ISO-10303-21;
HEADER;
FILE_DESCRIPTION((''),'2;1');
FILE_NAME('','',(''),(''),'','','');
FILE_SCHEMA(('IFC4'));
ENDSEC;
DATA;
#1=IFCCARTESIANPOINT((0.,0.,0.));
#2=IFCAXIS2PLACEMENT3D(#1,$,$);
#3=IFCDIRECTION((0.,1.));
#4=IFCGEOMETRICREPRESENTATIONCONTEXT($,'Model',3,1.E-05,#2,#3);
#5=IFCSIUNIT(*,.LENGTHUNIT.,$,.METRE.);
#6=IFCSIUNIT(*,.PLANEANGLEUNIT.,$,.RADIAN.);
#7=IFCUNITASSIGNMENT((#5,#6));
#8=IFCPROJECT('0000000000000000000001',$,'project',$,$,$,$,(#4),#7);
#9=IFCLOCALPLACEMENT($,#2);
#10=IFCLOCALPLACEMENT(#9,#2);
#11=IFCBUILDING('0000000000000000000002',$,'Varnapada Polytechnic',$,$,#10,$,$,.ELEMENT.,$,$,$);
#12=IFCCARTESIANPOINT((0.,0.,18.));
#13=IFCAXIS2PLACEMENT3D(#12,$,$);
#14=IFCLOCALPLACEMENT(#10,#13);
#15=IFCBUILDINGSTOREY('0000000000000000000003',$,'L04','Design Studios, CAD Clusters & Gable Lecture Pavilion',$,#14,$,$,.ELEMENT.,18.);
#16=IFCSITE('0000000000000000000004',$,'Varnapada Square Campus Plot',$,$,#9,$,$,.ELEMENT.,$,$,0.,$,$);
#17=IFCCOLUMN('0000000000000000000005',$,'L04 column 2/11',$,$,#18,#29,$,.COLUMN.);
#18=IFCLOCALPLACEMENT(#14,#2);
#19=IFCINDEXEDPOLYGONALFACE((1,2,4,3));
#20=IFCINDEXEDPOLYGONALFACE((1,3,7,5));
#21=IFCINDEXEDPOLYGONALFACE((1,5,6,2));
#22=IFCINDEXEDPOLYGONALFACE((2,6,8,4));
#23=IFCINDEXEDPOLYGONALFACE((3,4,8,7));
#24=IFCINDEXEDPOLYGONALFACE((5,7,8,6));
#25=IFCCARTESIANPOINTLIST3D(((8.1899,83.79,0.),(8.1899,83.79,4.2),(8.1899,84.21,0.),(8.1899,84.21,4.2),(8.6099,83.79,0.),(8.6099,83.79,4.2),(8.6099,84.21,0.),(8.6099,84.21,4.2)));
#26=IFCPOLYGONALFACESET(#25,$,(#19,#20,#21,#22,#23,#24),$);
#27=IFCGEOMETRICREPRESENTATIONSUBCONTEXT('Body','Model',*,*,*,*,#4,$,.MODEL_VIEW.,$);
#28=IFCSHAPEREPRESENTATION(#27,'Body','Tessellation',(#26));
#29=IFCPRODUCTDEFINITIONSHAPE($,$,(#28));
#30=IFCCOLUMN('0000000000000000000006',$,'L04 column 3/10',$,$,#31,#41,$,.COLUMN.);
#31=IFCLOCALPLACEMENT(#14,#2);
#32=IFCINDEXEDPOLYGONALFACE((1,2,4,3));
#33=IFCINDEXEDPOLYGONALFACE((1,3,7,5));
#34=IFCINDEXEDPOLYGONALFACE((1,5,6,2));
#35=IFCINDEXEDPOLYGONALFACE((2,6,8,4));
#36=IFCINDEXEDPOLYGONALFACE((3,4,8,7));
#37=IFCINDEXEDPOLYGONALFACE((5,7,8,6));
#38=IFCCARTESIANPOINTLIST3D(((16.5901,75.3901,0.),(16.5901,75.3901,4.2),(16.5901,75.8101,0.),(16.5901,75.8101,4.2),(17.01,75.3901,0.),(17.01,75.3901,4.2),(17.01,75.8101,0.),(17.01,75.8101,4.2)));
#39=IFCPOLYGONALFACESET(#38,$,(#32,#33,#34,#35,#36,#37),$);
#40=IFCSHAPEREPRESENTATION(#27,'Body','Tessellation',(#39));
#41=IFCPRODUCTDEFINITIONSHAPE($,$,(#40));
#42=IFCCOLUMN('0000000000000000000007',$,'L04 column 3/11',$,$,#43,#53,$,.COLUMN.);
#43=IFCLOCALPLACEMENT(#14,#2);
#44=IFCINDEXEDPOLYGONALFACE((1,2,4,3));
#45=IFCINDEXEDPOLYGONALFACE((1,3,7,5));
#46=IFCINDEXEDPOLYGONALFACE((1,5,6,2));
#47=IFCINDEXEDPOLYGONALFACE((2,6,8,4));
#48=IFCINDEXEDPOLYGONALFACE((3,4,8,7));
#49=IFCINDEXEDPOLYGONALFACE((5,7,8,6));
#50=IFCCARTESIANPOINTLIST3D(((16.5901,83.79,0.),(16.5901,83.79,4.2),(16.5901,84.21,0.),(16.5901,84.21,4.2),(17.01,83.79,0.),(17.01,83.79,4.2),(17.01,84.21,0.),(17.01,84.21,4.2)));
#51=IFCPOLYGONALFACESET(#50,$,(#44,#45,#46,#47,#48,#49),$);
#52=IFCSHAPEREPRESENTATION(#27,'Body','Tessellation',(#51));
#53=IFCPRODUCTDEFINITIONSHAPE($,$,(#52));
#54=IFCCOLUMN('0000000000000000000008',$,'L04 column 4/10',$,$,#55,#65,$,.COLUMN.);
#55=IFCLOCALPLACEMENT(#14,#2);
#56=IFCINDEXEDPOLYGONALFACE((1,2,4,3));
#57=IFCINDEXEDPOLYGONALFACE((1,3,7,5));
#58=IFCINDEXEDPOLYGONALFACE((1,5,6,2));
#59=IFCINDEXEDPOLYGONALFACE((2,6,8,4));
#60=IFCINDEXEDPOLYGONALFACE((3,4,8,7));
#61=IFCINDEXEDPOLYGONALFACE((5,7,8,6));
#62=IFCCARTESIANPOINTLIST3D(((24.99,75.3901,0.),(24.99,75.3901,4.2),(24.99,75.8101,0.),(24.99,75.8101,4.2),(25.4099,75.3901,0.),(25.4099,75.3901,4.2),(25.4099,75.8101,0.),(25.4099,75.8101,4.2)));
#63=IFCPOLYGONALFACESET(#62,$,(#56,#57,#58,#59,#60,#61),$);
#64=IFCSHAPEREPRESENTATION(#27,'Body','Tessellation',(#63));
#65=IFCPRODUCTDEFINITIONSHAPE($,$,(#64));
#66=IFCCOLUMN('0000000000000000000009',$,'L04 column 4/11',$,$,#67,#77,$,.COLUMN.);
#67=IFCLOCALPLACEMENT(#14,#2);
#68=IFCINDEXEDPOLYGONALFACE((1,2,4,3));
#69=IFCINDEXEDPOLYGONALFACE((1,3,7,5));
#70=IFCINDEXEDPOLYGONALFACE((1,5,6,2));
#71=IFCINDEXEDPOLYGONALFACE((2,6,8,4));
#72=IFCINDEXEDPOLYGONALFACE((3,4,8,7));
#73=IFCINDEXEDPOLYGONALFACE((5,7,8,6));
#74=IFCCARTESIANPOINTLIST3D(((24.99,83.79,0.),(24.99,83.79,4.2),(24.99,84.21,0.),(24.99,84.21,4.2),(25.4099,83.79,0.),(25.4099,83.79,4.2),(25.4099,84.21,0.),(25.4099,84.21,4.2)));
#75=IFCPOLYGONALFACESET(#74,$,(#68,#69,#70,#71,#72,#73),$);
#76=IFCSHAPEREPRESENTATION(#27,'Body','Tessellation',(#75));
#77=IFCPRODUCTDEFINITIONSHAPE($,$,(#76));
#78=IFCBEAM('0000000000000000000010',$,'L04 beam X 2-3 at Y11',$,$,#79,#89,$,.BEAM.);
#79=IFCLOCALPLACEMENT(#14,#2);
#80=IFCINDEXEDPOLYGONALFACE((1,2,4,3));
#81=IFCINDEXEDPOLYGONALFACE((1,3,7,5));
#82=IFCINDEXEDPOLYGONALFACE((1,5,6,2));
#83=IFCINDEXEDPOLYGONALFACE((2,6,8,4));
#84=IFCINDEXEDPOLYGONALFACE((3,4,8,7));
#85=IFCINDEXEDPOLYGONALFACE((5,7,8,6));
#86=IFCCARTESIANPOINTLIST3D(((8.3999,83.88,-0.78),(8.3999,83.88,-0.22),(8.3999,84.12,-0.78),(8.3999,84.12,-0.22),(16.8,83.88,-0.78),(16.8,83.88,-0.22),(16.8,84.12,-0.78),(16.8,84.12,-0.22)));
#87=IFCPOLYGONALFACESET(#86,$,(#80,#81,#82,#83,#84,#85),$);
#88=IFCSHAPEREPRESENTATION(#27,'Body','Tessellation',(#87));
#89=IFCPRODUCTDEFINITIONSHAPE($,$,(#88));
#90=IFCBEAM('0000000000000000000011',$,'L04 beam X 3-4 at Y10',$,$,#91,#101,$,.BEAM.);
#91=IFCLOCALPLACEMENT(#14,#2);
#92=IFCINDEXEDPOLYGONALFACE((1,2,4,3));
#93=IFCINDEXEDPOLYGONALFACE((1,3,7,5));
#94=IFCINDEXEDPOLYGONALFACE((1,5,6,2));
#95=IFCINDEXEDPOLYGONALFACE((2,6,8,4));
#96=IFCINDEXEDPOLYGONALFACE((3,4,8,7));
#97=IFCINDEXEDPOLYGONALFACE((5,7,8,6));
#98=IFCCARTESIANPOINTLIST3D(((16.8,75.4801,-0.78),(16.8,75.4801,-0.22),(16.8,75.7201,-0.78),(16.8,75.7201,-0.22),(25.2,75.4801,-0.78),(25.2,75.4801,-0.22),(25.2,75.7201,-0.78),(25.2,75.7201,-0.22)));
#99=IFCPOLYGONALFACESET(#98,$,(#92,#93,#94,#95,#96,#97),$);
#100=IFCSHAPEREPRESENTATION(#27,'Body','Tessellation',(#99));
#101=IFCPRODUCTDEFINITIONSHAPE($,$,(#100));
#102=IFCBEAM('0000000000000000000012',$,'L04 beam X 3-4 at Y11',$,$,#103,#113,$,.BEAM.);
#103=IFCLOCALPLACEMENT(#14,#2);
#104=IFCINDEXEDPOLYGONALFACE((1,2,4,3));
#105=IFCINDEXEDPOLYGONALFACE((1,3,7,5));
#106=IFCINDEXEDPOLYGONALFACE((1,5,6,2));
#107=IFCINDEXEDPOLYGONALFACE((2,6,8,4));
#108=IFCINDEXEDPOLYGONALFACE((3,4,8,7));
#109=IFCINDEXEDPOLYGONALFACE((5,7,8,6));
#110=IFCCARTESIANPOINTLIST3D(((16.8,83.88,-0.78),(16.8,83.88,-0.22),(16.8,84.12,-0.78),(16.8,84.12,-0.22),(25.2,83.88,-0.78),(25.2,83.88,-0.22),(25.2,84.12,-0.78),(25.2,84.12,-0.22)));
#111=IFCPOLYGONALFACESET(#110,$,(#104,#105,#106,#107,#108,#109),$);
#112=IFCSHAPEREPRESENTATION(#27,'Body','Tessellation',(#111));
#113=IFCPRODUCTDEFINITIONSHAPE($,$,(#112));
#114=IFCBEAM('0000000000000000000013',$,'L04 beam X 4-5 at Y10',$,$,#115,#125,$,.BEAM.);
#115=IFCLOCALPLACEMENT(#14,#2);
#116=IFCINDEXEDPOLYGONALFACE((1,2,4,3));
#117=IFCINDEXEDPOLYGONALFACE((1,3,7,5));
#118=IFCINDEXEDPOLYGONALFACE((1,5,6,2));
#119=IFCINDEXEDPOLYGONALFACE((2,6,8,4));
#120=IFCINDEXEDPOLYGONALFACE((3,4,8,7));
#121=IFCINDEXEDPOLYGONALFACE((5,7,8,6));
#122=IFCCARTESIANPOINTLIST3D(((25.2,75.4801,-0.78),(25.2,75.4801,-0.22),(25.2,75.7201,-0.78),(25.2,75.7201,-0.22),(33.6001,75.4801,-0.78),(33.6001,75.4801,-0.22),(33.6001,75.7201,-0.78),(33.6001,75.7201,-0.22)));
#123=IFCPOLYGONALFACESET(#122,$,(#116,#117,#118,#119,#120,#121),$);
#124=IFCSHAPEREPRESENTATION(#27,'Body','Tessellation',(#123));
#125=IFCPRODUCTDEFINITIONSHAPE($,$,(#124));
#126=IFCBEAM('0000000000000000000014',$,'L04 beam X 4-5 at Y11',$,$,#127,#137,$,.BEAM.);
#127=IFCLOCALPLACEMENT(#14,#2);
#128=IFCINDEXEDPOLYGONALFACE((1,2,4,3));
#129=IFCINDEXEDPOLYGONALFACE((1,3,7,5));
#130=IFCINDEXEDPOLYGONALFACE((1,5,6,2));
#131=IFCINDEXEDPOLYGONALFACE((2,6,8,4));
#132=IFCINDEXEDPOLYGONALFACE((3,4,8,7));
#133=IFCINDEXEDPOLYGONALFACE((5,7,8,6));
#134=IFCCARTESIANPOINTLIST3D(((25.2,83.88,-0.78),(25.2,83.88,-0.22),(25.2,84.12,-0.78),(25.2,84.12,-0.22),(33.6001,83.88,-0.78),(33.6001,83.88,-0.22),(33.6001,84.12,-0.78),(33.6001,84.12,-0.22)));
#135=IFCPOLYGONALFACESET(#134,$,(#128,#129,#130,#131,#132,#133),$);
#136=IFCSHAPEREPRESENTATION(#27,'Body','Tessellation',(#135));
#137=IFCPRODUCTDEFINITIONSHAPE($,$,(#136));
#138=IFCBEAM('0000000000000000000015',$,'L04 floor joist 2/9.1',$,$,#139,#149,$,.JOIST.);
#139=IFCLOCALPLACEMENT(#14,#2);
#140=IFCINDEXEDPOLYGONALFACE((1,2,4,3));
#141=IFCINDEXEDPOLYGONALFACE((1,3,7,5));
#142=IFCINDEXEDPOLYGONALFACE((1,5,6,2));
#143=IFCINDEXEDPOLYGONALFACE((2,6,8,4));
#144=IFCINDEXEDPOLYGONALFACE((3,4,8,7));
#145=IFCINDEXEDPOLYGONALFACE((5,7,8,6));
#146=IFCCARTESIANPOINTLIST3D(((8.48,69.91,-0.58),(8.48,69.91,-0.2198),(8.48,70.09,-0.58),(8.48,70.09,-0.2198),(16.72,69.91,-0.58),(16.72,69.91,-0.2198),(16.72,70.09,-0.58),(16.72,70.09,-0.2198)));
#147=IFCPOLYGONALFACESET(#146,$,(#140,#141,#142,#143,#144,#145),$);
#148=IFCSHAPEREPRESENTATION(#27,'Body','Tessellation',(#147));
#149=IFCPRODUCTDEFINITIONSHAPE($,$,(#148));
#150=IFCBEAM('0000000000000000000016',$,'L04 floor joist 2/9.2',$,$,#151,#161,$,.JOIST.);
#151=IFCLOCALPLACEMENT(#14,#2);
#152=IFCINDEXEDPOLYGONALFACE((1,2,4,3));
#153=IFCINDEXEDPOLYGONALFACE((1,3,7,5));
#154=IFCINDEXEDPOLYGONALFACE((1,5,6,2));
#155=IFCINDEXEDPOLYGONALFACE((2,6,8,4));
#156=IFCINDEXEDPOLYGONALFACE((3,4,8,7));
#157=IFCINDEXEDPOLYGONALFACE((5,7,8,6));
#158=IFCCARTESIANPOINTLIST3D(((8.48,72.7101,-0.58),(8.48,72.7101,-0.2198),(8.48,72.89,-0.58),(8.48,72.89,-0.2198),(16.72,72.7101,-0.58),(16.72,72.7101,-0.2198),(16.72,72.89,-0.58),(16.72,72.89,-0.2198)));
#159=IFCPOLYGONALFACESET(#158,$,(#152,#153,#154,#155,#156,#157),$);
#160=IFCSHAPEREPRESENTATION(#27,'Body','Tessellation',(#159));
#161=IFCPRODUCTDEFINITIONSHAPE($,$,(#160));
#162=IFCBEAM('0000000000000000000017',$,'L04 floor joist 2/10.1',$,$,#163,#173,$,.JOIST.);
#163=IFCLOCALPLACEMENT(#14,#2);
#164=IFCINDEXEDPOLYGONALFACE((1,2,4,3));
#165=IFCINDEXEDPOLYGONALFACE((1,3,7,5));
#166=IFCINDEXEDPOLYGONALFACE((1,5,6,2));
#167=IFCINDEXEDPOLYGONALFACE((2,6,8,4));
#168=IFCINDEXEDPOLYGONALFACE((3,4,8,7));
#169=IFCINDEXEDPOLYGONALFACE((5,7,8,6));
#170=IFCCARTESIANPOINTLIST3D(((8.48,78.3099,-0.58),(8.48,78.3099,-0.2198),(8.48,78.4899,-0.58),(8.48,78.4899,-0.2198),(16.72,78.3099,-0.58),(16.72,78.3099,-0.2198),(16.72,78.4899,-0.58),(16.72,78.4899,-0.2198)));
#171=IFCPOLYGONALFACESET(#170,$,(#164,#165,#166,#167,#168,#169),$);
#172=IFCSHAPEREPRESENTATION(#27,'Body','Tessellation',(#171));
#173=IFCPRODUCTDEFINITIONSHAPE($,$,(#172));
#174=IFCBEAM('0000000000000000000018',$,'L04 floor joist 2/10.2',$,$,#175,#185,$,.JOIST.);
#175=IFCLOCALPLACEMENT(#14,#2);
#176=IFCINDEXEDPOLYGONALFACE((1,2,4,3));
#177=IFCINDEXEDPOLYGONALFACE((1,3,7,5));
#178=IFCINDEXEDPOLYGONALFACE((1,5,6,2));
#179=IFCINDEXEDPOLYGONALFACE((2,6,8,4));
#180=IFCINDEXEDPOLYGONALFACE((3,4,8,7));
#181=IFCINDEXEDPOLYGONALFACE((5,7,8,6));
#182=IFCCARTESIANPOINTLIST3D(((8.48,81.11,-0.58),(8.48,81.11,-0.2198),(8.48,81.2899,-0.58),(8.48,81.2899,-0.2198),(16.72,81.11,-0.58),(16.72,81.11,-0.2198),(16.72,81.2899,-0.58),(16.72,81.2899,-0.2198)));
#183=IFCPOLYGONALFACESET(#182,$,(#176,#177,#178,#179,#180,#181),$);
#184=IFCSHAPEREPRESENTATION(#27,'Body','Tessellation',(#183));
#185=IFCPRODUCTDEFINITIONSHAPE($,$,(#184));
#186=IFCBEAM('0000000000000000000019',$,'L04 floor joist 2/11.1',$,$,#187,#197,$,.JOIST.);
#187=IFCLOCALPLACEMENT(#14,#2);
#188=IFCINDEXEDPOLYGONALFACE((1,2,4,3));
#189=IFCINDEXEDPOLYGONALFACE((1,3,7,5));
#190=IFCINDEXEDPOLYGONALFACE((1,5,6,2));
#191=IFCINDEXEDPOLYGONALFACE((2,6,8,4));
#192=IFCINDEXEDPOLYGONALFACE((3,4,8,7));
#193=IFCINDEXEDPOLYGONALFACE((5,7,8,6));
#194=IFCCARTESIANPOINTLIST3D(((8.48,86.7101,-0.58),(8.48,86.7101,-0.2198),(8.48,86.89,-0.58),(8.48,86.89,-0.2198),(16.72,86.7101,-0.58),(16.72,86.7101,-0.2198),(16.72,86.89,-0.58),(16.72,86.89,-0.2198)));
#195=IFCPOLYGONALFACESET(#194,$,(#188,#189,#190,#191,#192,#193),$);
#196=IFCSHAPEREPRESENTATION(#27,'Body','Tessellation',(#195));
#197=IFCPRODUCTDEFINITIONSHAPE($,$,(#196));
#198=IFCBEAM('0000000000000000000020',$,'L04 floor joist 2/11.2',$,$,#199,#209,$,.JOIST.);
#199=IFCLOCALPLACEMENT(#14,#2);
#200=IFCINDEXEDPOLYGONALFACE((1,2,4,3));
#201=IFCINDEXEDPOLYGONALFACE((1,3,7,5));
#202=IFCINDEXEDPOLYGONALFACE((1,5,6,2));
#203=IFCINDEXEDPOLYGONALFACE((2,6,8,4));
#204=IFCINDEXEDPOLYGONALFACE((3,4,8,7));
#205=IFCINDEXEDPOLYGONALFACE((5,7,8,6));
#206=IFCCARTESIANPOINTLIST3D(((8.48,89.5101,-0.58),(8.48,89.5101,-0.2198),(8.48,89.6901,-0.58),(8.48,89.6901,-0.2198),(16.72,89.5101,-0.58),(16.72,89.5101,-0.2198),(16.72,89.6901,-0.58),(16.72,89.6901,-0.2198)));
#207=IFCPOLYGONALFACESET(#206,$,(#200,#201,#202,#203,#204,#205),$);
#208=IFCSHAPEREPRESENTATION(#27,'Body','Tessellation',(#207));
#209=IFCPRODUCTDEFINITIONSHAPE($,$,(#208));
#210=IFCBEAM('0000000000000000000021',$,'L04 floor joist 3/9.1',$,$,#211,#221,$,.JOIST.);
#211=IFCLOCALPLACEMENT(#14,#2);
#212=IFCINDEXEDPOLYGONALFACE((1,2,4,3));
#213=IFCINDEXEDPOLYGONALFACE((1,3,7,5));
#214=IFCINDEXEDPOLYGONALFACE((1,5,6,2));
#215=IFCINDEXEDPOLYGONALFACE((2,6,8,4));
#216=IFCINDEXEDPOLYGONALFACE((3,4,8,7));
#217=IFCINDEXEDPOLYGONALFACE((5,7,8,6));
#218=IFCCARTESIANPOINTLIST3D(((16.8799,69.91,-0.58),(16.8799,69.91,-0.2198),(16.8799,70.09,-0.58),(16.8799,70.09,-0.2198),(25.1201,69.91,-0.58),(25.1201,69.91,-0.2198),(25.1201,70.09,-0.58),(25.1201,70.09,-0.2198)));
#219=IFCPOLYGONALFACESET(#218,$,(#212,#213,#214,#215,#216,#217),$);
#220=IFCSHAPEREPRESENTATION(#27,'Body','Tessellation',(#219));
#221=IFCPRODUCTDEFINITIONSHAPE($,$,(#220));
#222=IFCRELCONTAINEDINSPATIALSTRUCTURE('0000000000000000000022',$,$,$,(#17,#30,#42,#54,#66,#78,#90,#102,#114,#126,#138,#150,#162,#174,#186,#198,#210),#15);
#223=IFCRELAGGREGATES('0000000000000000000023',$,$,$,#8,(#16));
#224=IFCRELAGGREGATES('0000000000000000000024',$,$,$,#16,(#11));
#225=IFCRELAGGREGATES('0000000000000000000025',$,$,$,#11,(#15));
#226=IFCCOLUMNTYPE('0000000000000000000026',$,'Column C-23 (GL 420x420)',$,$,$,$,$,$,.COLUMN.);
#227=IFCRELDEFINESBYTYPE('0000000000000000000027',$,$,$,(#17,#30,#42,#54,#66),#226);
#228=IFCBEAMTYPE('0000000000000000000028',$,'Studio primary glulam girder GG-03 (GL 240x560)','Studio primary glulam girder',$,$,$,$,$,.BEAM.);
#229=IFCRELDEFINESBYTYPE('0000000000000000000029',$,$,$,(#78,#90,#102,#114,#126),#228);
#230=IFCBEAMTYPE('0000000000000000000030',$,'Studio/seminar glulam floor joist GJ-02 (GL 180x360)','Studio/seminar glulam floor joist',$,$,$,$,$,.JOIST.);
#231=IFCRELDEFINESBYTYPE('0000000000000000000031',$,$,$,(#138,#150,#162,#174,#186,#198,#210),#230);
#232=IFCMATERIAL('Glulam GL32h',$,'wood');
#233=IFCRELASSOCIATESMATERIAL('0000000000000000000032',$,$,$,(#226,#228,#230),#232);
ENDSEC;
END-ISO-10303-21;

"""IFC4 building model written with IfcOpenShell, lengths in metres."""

from ifc_helpers import new_model, si_unit, direction, frame, origin, origin_2d, place, context, subcontext, project, spatial, rectangle, extrude, material, material_profile, profile_set, type_object, element, save


model = new_model("IFC4")

# Units and contexts
model_context = context("Model", 3, precision=1e-05, world=origin(), true_north=direction((0.0, 1.0)))
body_context = subcontext(model_context, "Body", "Model", "MODEL_VIEW")
ifc_project = project(units=[si_unit("LENGTHUNIT", "METRE"), si_unit("PLANEANGLEUNIT", "RADIAN")], contexts=[model_context])

# Site, building, storey
site_placement = place(None, origin())
site = spatial("IfcSite", under=ifc_project, at=site_placement, Name="Varnapada Square Campus Plot", CompositionType="ELEMENT", RefElevation=0.0)
building_placement = place(site_placement, origin())
building = spatial("IfcBuilding", under=site, at=building_placement, Name="Varnapada Polytechnic", CompositionType="ELEMENT")
storey_placement = place(building_placement, frame((0.0, 0.0, 18.0)))
storey = spatial("IfcBuildingStorey", under=building, at=storey_placement, Name="L04", Description="Design Studios, CAD Clusters & Gable Lecture Pavilion", CompositionType="ELEMENT", Elevation=18.0)

# Columns
ifc_material_1 = material(Name="Glulam GL32h", Category="wood")
ifc_material_profile_1 = material_profile(ifc_material_1, rectangle(XDim=0.4199, YDim=0.4199, at=origin_2d()), Name="GL 420x420")
ifc_profile_set_1 = profile_set([ifc_material_profile_1], Name="Glulam GL32h")
column_type = type_object("IfcColumnType", Name="Column C-23 (GL 420x420)", PredefinedType="COLUMN", material=ifc_profile_set_1)
for number, where, z_axis, x_axis, name in (
    (1, (8.3999, 84.0, 0.0), (0.0, 0.0, 1.0), (1.0, 0.0, 0.0), "L04 column 2/11"),
    (2, (16.8, 75.6001, 0.0), (0.0, 0.0, 1.0), (1.0, 0.0, 0.0), "L04 column 3/10"),
    (3, (16.8, 84.0, 0.0), (0.0, 0.0, 1.0), (1.0, 0.0, 0.0), "L04 column 3/11"),
    (4, (25.2, 75.6001, 0.0), (0.0, 0.0, 1.0), (1.0, 0.0, 0.0), "L04 column 4/10"),
    (5, (25.2, 84.0, 0.0), (0.0, 0.0, 1.0), (1.0, 0.0, 0.0), "L04 column 4/11"),
):
    element("IfcColumn", number, at=place(storey_placement, frame(where, z_axis=z_axis, x_axis=x_axis)), inside=storey, type_object=column_type, Name=name, PredefinedType="COLUMN", context=body_context, shape_type="SweptSolid", body=[
        extrude(rectangle(XDim=0.4199, YDim=0.4199, at=origin_2d()), origin(), (0.0, 0.0, 1.0), 4.2),
    ])

# Beams
ifc_material_profile_2 = material_profile(ifc_material_1, rectangle(XDim=0.24, YDim=0.5601, at=origin_2d()), Name="GL 240x560")
ifc_profile_set_2 = profile_set([ifc_material_profile_2], Name="Glulam GL32h")
beam_type_1 = type_object("IfcBeamType", Name="Studio primary glulam girder GG-03 (GL 240x560)", Description="Studio primary glulam girder", PredefinedType="BEAM", material=ifc_profile_set_2)
beam_placement = place(storey_placement, frame((8.3999, 84.0, -0.5), z_axis=(1.0, 0.0, 0.0), x_axis=(0.0, 1.0, 0.0)))
element("IfcBeam", 6, at=beam_placement, inside=storey, type_object=beam_type_1, Name="L04 beam X 2-3 at Y11", PredefinedType="BEAM", context=body_context, shape_type="SweptSolid", body=[
    extrude(rectangle(XDim=0.24, YDim=0.5601, at=origin_2d()), origin(), (0.0, 0.0, 1.0), 8.4001),
])
for number, where, z_axis, x_axis, name in (
    (7, (16.8, 75.6001, -0.5), (1.0, 0.0, 0.0), (0.0, 1.0, 0.0), "L04 beam X 3-4 at Y10"),
    (8, (16.8, 84.0, -0.5), (1.0, 0.0, 0.0), (0.0, 1.0, 0.0), "L04 beam X 3-4 at Y11"),
):
    element("IfcBeam", number, at=place(storey_placement, frame(where, z_axis=z_axis, x_axis=x_axis)), inside=storey, type_object=beam_type_1, Name=name, PredefinedType="BEAM", context=body_context, shape_type="SweptSolid", body=[
        extrude(rectangle(XDim=0.24, YDim=0.5601, at=origin_2d()), origin(), (0.0, 0.0, 1.0), 8.3999),
    ])
for number, where, z_axis, x_axis, name in (
    (9, (25.2, 75.6001, -0.5), (1.0, 0.0, 0.0), (0.0, 1.0, 0.0), "L04 beam X 4-5 at Y10"),
    (10, (25.2, 84.0, -0.5), (1.0, 0.0, 0.0), (0.0, 1.0, 0.0), "L04 beam X 4-5 at Y11"),
):
    element("IfcBeam", number, at=place(storey_placement, frame(where, z_axis=z_axis, x_axis=x_axis)), inside=storey, type_object=beam_type_1, Name=name, PredefinedType="BEAM", context=body_context, shape_type="SweptSolid", body=[
        extrude(rectangle(XDim=0.24, YDim=0.5601, at=origin_2d()), origin(), (0.0, 0.0, 1.0), 8.4001),
    ])
ifc_material_profile_3 = material_profile(ifc_material_1, rectangle(XDim=0.1799, YDim=0.3601, at=origin_2d()), Name="GL 180x360")
ifc_profile_set_3 = profile_set([ifc_material_profile_3], Name="Glulam GL32h")
beam_type_2 = type_object("IfcBeamType", Name="Studio/seminar glulam floor joist GJ-02 (GL 180x360)", Description="Studio/seminar glulam floor joist", PredefinedType="JOIST", material=ifc_profile_set_3)
for number, where, z_axis, x_axis, name in (
    (11, (8.48, 70.0, -0.3999), (1.0, 0.0, 0.0), (0.0, 1.0, 0.0), "L04 floor joist 2/9.1"),
    (12, (8.48, 72.8, -0.3999), (1.0, 0.0, 0.0), (0.0, 1.0, 0.0), "L04 floor joist 2/9.2"),
    (13, (8.48, 78.3999, -0.3999), (1.0, 0.0, 0.0), (0.0, 1.0, 0.0), "L04 floor joist 2/10.1"),
    (14, (8.48, 81.2, -0.3999), (1.0, 0.0, 0.0), (0.0, 1.0, 0.0), "L04 floor joist 2/10.2"),
    (15, (8.48, 86.8, -0.3999), (1.0, 0.0, 0.0), (0.0, 1.0, 0.0), "L04 floor joist 2/11.1"),
    (16, (8.48, 89.6001, -0.3999), (1.0, 0.0, 0.0), (0.0, 1.0, 0.0), "L04 floor joist 2/11.2"),
):
    element("IfcBeam", number, at=place(storey_placement, frame(where, z_axis=z_axis, x_axis=x_axis)), inside=storey, type_object=beam_type_2, Name=name, PredefinedType="JOIST", context=body_context, shape_type="SweptSolid", body=[
        extrude(rectangle(XDim=0.1799, YDim=0.3601, at=origin_2d()), origin(), (0.0, 0.0, 1.0), 8.24),
    ])
for number, where, z_axis, x_axis, name in (
    (17, (16.8799, 70.0, -0.3999), (1.0, 0.0, 0.0), (0.0, 1.0, 0.0), "L04 floor joist 3/9.1"),
):
    element("IfcBeam", number, at=place(storey_placement, frame(where, z_axis=z_axis, x_axis=x_axis)), inside=storey, type_object=beam_type_2, Name=name, PredefinedType="JOIST", context=body_context, shape_type="SweptSolid", body=[
        extrude(rectangle(XDim=0.1799, YDim=0.3601, at=origin_2d()), origin(), (0.0, 0.0, 1.0), 8.2402),
    ])

save(model, "model.ifc")
